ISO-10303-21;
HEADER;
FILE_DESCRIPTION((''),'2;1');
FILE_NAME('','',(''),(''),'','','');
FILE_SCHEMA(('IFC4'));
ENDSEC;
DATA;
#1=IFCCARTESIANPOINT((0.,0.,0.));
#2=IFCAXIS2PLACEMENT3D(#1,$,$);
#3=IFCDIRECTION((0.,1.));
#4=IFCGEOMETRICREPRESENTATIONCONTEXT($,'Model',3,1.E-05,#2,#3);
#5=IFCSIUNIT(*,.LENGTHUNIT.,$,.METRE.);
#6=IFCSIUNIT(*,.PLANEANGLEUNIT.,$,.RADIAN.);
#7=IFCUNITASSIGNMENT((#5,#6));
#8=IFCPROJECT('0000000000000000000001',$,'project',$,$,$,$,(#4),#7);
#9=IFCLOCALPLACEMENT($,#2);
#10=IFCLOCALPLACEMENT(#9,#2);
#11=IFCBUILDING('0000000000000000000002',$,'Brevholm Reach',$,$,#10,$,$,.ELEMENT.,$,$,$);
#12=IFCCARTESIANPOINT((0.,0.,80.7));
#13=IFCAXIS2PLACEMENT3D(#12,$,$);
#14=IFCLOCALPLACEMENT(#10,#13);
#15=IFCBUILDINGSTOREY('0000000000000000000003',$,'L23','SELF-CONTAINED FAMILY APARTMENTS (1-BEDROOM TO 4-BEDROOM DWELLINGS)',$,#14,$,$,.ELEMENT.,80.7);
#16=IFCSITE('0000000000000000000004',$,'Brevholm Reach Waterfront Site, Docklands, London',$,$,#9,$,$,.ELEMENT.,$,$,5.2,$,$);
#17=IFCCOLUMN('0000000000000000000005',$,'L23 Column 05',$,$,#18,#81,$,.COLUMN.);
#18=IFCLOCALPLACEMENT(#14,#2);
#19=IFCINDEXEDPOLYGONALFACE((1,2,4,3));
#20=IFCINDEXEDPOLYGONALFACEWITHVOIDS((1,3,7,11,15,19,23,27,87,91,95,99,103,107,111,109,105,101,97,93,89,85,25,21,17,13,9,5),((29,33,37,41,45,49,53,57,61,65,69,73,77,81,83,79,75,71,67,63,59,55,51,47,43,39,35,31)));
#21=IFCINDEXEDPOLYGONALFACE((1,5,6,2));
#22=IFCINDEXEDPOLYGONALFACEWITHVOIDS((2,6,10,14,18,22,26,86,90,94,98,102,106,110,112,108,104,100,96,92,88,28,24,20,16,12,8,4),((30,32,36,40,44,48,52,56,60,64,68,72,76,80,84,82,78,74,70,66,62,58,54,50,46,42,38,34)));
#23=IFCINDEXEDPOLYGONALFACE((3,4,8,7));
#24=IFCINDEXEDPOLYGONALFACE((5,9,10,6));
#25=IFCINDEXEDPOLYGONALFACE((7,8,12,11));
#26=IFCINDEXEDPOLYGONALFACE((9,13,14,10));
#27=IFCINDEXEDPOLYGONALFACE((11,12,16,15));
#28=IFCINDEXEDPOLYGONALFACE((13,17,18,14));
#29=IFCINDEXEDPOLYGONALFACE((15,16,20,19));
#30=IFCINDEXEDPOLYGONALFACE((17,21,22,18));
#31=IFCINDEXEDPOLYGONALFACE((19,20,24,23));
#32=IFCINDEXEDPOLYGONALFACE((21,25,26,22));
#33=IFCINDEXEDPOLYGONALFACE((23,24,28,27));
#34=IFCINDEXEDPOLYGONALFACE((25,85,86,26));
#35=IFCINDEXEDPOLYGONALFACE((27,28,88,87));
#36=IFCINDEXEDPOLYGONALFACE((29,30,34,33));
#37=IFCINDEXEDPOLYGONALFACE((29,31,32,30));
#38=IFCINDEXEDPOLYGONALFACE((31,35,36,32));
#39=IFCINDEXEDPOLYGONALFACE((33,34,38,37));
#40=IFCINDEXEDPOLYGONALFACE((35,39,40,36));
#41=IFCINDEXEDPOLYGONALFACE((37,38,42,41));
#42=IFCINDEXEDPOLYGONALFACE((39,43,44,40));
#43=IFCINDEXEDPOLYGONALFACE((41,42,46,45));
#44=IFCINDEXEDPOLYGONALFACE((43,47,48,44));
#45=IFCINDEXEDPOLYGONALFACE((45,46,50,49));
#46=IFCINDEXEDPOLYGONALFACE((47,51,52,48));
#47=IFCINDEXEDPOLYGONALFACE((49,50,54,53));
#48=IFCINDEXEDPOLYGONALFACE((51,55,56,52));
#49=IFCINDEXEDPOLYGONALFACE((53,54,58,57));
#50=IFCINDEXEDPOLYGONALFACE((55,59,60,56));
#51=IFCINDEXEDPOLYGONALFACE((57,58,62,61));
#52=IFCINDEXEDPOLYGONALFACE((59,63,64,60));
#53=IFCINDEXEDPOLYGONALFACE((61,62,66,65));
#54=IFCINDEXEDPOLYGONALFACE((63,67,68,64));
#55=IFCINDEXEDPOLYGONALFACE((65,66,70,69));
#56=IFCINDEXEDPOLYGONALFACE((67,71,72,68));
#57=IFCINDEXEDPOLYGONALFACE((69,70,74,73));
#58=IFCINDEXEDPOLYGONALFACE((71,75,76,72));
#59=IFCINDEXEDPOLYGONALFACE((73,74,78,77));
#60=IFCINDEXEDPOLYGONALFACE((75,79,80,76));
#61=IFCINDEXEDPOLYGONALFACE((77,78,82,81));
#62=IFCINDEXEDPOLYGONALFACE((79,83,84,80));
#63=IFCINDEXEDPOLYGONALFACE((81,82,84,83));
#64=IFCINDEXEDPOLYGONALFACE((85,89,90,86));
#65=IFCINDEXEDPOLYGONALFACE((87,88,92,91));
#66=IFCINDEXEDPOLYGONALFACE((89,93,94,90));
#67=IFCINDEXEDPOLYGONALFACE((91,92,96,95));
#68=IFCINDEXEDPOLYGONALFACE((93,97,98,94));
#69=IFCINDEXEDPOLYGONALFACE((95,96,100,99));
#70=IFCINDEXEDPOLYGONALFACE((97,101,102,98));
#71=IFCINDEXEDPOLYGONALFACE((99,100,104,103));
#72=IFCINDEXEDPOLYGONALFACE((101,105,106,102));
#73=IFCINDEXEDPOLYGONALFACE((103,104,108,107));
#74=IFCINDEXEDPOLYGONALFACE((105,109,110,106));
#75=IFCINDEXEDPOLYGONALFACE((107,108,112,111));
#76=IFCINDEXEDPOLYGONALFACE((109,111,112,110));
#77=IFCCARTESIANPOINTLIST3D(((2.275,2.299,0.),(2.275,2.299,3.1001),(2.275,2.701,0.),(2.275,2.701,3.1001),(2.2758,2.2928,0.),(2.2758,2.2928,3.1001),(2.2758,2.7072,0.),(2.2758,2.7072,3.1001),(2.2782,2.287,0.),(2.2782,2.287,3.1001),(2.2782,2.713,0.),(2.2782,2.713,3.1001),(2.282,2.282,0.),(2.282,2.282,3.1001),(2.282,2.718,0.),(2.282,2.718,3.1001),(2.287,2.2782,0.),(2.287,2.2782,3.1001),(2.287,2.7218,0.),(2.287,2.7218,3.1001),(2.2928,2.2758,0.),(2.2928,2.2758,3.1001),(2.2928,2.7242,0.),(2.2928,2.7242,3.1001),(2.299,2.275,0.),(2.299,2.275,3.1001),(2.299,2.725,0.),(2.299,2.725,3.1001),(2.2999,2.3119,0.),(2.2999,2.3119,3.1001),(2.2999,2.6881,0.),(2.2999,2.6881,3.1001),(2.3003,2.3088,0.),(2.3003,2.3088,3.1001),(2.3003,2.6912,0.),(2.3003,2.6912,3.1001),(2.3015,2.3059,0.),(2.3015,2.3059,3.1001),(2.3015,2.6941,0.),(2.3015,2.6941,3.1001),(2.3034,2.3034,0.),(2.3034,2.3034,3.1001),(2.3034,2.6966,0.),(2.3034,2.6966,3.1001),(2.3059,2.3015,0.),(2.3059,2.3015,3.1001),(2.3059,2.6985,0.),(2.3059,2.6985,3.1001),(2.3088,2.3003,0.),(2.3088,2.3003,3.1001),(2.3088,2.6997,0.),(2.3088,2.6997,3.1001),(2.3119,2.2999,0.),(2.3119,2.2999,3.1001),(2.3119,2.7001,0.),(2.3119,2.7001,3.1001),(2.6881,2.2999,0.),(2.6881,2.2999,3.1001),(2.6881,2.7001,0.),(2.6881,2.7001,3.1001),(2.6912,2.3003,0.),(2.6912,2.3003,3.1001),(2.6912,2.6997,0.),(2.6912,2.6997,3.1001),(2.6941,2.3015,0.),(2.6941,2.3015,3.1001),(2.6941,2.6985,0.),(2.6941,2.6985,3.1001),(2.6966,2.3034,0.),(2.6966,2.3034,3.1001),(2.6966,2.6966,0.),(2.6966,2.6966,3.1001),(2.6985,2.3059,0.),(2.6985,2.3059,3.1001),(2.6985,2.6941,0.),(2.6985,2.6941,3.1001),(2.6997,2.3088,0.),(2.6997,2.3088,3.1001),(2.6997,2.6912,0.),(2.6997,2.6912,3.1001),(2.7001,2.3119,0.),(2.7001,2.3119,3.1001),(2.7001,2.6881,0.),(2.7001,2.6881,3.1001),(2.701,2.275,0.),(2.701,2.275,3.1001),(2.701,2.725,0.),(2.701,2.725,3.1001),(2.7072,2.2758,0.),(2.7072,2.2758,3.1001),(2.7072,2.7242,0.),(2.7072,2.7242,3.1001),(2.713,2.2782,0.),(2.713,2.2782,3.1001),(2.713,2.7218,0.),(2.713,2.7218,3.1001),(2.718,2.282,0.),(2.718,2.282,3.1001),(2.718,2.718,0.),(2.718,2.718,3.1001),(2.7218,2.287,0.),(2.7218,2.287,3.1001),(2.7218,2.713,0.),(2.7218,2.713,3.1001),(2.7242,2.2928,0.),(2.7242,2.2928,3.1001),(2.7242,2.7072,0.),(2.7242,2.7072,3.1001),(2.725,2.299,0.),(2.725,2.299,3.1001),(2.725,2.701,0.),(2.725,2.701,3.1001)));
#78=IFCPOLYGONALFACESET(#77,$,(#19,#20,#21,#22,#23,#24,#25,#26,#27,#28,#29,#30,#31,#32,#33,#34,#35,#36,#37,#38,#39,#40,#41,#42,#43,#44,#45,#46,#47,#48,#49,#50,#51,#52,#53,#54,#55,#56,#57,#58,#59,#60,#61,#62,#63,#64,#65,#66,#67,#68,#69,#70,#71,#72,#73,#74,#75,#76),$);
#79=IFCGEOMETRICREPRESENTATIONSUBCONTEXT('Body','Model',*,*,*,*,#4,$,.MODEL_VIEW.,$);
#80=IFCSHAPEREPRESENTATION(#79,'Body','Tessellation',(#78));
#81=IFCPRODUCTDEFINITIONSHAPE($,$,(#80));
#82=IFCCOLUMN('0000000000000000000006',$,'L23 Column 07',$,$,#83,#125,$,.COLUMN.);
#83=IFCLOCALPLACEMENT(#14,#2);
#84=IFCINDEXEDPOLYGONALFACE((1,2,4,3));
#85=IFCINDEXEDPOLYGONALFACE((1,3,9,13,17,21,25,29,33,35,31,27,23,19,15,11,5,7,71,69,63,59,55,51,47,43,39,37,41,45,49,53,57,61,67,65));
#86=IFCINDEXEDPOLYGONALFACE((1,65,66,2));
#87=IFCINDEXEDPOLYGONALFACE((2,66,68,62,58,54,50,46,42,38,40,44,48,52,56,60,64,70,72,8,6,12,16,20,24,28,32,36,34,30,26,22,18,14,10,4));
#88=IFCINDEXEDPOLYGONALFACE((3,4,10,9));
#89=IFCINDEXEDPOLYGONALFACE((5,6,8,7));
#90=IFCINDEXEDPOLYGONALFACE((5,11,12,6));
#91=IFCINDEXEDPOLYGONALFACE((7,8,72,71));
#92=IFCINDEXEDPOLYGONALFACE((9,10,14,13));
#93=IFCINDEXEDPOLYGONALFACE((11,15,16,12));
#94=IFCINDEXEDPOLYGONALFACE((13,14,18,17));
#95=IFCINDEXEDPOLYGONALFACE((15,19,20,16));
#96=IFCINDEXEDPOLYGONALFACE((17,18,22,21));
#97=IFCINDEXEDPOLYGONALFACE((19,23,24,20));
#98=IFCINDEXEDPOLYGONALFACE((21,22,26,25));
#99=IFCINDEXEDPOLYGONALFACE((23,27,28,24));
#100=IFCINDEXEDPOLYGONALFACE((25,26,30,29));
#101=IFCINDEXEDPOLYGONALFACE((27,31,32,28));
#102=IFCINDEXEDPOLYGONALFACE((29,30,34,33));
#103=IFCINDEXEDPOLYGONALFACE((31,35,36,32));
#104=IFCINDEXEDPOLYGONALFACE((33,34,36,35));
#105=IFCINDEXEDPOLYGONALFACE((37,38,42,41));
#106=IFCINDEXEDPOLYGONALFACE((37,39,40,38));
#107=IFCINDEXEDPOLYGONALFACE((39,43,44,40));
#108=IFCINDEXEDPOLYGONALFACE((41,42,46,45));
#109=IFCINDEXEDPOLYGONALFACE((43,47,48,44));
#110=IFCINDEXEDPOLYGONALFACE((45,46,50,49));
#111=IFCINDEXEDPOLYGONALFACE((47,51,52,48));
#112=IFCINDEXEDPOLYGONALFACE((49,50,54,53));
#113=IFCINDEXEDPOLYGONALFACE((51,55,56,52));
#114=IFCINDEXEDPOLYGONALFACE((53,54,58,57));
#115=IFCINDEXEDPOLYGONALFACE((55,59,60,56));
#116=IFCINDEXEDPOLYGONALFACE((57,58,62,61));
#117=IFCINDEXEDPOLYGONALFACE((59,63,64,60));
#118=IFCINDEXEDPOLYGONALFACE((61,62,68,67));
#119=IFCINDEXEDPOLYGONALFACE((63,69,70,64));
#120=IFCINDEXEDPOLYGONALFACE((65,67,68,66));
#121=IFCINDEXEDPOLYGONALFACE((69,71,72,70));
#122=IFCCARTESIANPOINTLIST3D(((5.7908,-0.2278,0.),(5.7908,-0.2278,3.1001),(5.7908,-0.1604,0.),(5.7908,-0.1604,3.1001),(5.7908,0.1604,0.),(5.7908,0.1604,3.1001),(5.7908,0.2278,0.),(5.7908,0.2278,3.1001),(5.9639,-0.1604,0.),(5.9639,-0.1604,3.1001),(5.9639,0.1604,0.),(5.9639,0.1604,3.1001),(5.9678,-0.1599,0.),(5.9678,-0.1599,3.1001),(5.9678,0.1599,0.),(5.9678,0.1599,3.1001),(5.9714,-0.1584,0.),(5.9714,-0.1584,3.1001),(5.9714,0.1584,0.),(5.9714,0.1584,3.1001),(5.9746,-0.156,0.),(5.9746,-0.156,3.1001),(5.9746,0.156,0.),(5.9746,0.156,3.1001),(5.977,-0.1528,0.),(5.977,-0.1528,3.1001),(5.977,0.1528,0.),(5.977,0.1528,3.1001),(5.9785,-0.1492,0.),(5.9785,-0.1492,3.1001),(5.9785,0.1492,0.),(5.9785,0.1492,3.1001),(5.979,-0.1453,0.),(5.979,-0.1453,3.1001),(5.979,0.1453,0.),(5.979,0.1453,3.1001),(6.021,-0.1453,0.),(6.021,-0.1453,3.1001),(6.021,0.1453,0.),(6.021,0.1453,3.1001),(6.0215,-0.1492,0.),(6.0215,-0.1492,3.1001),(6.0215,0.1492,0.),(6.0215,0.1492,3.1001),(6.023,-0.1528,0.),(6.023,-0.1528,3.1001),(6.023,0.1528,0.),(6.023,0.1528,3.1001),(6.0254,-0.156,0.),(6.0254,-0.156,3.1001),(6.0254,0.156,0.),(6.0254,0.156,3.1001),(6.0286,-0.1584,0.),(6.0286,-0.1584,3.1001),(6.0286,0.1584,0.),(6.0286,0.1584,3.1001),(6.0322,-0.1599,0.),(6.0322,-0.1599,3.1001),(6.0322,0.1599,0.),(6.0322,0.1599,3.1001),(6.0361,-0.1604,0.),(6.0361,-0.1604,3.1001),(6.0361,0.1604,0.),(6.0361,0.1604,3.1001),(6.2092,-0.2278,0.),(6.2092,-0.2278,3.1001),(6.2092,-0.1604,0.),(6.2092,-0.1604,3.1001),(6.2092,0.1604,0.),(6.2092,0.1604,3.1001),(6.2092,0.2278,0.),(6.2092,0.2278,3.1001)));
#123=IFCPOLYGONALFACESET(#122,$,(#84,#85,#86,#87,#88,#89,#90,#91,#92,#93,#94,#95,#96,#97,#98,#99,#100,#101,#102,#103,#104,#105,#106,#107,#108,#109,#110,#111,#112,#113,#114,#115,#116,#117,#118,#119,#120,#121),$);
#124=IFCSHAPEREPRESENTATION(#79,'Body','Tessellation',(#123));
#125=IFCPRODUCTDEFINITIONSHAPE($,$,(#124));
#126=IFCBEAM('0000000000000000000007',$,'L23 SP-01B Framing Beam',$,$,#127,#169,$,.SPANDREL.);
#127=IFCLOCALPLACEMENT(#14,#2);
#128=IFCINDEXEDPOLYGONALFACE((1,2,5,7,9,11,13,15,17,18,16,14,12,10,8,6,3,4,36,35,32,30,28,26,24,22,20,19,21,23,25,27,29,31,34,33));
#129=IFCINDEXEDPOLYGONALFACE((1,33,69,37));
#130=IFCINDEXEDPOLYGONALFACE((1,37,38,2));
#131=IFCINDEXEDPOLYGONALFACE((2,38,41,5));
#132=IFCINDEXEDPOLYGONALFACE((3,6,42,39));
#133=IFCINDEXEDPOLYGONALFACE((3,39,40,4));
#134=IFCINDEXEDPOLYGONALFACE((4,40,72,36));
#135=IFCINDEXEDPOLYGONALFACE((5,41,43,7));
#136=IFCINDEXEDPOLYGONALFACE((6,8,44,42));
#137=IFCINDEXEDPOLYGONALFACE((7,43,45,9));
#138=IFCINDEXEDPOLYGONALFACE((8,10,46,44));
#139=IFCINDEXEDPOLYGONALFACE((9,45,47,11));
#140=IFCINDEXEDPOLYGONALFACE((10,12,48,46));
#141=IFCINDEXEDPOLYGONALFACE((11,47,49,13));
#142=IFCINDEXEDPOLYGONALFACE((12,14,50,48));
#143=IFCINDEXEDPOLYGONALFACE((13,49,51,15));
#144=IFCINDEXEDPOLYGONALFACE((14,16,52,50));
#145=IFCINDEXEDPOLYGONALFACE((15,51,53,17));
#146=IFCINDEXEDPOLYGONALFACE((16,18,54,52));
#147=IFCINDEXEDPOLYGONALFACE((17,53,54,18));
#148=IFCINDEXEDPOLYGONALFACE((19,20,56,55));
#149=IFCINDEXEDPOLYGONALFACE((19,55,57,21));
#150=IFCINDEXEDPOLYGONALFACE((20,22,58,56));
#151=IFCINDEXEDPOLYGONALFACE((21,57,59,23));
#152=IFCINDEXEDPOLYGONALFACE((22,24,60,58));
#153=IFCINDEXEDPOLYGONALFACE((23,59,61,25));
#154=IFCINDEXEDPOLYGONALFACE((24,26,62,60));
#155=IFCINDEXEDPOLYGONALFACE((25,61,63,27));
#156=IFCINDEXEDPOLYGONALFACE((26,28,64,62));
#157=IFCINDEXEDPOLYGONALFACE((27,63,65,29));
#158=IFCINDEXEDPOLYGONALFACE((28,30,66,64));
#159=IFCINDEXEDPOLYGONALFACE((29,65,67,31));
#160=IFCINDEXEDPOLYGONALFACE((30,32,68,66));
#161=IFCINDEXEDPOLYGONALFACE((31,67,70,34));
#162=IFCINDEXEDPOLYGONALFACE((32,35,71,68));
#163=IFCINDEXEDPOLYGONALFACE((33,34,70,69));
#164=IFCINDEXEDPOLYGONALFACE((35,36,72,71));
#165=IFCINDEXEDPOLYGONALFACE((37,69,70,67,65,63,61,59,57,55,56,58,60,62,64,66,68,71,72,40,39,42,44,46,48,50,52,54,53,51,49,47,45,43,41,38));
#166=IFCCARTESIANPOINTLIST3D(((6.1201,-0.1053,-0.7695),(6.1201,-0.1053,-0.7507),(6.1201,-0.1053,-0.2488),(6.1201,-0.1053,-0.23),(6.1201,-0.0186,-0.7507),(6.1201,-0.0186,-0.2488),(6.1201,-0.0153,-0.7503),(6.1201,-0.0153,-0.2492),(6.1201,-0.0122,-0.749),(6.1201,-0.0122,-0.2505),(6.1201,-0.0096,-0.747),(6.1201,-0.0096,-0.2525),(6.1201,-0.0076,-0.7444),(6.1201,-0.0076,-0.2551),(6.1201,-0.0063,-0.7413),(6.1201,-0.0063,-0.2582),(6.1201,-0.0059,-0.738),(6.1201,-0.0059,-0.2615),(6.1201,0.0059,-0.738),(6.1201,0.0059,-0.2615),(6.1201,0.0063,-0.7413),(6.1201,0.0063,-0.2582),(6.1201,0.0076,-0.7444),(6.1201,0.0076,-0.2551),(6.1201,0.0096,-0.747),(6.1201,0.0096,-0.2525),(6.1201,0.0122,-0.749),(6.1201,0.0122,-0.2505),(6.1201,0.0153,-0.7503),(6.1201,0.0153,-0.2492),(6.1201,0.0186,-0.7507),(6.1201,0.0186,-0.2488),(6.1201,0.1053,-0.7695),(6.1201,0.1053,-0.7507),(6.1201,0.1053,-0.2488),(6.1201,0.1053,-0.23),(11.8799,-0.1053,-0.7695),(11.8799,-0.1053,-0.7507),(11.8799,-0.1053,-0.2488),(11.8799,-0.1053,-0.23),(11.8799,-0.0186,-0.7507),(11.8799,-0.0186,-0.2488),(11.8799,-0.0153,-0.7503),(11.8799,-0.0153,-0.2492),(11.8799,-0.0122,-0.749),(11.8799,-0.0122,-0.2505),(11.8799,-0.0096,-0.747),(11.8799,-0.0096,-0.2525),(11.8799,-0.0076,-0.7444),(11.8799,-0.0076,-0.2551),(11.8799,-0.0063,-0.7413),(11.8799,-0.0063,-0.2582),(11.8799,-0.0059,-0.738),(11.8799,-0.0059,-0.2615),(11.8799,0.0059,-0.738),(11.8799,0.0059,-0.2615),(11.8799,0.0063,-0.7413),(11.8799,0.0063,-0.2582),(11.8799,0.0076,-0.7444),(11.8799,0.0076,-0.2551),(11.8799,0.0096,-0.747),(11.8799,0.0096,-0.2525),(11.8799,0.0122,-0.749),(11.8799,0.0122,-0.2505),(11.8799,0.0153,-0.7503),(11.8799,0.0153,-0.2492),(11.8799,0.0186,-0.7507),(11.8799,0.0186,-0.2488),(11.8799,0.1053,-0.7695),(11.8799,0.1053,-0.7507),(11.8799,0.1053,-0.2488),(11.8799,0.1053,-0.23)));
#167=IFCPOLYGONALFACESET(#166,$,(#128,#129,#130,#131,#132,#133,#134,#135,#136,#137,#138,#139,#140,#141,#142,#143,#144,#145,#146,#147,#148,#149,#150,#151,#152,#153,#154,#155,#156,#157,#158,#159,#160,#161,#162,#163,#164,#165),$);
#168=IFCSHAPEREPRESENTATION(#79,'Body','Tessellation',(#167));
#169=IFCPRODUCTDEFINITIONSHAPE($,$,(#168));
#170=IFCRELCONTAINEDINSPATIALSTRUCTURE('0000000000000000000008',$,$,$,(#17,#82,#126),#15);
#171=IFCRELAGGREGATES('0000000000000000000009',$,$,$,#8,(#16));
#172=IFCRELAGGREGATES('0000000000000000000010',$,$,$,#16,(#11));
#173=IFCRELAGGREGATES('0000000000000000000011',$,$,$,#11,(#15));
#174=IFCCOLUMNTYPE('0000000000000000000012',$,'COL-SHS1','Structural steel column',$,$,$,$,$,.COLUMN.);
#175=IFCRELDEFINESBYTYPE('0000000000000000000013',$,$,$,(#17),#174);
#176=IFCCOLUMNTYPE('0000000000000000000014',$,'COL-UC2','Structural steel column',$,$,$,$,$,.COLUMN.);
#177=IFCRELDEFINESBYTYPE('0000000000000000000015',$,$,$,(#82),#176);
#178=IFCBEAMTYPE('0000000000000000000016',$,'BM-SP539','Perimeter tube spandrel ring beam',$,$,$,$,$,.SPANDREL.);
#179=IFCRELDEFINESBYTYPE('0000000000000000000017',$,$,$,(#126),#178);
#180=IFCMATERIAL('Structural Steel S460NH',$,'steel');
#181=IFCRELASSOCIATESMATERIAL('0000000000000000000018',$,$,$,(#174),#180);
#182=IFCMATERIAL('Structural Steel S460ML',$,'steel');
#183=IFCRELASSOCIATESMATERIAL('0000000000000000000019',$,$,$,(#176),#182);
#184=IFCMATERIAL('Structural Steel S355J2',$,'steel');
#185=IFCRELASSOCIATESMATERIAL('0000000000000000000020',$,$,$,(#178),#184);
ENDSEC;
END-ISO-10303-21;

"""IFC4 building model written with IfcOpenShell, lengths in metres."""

from ifc_helpers import new_model, si_unit, direction, frame, origin, origin_2d, place, context, subcontext, project, spatial, hollow_rectangle, i_section, extrude, material, material_profile, profile_set, type_object, element, save


model = new_model("IFC4")

# Units and contexts
model_context = context("Model", 3, precision=1e-05, world=origin(), true_north=direction((0.0, 1.0)))
body_context = subcontext(model_context, "Body", "Model", "MODEL_VIEW")
ifc_project = project(units=[si_unit("LENGTHUNIT", "METRE"), si_unit("PLANEANGLEUNIT", "RADIAN")], contexts=[model_context])

# Site, building, storey
site_placement = place(None, origin())
site = spatial("IfcSite", under=ifc_project, at=site_placement, Name="Brevholm Reach Waterfront Site, Docklands, London", CompositionType="ELEMENT", RefElevation=5.2)
building_placement = place(site_placement, origin())
building = spatial("IfcBuilding", under=site, at=building_placement, Name="Brevholm Reach", CompositionType="ELEMENT")
storey_placement = place(building_placement, frame((0.0, 0.0, 80.7)))
storey = spatial("IfcBuildingStorey", under=building, at=storey_placement, Name="L23", Description="SELF-CONTAINED FAMILY APARTMENTS (1-BEDROOM TO 4-BEDROOM DWELLINGS)", CompositionType="ELEMENT", Elevation=80.7)

# Columns
ifc_material_1 = material(Name="Structural Steel S460NH", Category="steel")
ifc_material_profile_1 = material_profile(ifc_material_1, hollow_rectangle(XDim=0.45, YDim=0.45, WallThickness=0.0249, InnerFilletRadius=0.012, OuterFilletRadius=0.0239, at=origin_2d()), Name="SHS 450x450x25")
ifc_profile_set_1 = profile_set([ifc_material_profile_1], Name="Structural Steel S460NH")
column_type_1 = type_object("IfcColumnType", Name="COL-SHS1", Description="Structural steel column", PredefinedType="COLUMN", material=ifc_profile_set_1)
column_1_placement = place(storey_placement, frame((2.5, 2.5, 0.0), z_axis=(0.0, 0.0, 1.0), x_axis=(1.0, 0.0, 0.0)))
element("IfcColumn", 1, at=column_1_placement, inside=storey, type_object=column_type_1, Name="L23 Column 05", PredefinedType="COLUMN", context=body_context, shape_type="SweptSolid", body=[
    extrude(hollow_rectangle(XDim=0.45, YDim=0.45, WallThickness=0.0249, InnerFilletRadius=0.012, OuterFilletRadius=0.0239, at=origin_2d()), origin(), (0.0, 0.0, 1.0), 3.1001),
])
ifc_material_2 = material(Name="Structural Steel S460ML", Category="steel")
ifc_material_profile_2 = material_profile(ifc_material_2, i_section(OverallWidth=0.4185, OverallDepth=0.4556, WebThickness=0.042, FlangeThickness=0.0674, FilletRadius=0.0151, at=origin_2d()), Name="UKC 356x406x551")
ifc_profile_set_2 = profile_set([ifc_material_profile_2], Name="Structural Steel S460ML")
column_type_2 = type_object("IfcColumnType", Name="COL-UC2", Description="Structural steel column", PredefinedType="COLUMN", material=ifc_profile_set_2)
column_2_placement = place(storey_placement, frame((6.0, 0.0, 0.0), z_axis=(0.0, 0.0, 1.0), x_axis=(1.0, 0.0, 0.0)))
element("IfcColumn", 2, at=column_2_placement, inside=storey, type_object=column_type_2, Name="L23 Column 07", PredefinedType="COLUMN", context=body_context, shape_type="SweptSolid", body=[
    extrude(i_section(OverallWidth=0.4185, OverallDepth=0.4556, WebThickness=0.042, FlangeThickness=0.0674, FilletRadius=0.0151, at=origin_2d()), origin(), (0.0, 0.0, 1.0), 3.1001),
])

# Beam
ifc_material_3 = material(Name="Structural Steel S355J2", Category="steel")
ifc_material_profile_3 = material_profile(ifc_material_3, i_section(OverallWidth=0.2107, OverallDepth=0.5396, WebThickness=0.0117, FlangeThickness=0.0188, FilletRadius=0.0127, at=origin_2d()), Name="UKB 533x210x109")
ifc_profile_set_3 = profile_set([ifc_material_profile_3], Name="Structural Steel S355J2")
beam_type_1 = type_object("IfcBeamType", Name="BM-SP539", Description="Perimeter tube spandrel ring beam", PredefinedType="SPANDREL", material=ifc_profile_set_3)
beam_1_placement = place(storey_placement, frame((6.1201, 0.0, -0.4998), z_axis=(1.0, 0.0, 0.0), x_axis=(0.0, 1.0, 0.0)))
element("IfcBeam", 3, at=beam_1_placement, inside=storey, type_object=beam_type_1, Name="L23 SP-01B Framing Beam", PredefinedType="SPANDREL", context=body_context, shape_type="SweptSolid", body=[
    extrude(i_section(OverallWidth=0.2107, OverallDepth=0.5396, WebThickness=0.0117, FlangeThickness=0.0188, FilletRadius=0.0127, at=origin_2d()), origin(), (0.0, 0.0, 1.0), 5.7598),
])

save(model, "model.ifc")
